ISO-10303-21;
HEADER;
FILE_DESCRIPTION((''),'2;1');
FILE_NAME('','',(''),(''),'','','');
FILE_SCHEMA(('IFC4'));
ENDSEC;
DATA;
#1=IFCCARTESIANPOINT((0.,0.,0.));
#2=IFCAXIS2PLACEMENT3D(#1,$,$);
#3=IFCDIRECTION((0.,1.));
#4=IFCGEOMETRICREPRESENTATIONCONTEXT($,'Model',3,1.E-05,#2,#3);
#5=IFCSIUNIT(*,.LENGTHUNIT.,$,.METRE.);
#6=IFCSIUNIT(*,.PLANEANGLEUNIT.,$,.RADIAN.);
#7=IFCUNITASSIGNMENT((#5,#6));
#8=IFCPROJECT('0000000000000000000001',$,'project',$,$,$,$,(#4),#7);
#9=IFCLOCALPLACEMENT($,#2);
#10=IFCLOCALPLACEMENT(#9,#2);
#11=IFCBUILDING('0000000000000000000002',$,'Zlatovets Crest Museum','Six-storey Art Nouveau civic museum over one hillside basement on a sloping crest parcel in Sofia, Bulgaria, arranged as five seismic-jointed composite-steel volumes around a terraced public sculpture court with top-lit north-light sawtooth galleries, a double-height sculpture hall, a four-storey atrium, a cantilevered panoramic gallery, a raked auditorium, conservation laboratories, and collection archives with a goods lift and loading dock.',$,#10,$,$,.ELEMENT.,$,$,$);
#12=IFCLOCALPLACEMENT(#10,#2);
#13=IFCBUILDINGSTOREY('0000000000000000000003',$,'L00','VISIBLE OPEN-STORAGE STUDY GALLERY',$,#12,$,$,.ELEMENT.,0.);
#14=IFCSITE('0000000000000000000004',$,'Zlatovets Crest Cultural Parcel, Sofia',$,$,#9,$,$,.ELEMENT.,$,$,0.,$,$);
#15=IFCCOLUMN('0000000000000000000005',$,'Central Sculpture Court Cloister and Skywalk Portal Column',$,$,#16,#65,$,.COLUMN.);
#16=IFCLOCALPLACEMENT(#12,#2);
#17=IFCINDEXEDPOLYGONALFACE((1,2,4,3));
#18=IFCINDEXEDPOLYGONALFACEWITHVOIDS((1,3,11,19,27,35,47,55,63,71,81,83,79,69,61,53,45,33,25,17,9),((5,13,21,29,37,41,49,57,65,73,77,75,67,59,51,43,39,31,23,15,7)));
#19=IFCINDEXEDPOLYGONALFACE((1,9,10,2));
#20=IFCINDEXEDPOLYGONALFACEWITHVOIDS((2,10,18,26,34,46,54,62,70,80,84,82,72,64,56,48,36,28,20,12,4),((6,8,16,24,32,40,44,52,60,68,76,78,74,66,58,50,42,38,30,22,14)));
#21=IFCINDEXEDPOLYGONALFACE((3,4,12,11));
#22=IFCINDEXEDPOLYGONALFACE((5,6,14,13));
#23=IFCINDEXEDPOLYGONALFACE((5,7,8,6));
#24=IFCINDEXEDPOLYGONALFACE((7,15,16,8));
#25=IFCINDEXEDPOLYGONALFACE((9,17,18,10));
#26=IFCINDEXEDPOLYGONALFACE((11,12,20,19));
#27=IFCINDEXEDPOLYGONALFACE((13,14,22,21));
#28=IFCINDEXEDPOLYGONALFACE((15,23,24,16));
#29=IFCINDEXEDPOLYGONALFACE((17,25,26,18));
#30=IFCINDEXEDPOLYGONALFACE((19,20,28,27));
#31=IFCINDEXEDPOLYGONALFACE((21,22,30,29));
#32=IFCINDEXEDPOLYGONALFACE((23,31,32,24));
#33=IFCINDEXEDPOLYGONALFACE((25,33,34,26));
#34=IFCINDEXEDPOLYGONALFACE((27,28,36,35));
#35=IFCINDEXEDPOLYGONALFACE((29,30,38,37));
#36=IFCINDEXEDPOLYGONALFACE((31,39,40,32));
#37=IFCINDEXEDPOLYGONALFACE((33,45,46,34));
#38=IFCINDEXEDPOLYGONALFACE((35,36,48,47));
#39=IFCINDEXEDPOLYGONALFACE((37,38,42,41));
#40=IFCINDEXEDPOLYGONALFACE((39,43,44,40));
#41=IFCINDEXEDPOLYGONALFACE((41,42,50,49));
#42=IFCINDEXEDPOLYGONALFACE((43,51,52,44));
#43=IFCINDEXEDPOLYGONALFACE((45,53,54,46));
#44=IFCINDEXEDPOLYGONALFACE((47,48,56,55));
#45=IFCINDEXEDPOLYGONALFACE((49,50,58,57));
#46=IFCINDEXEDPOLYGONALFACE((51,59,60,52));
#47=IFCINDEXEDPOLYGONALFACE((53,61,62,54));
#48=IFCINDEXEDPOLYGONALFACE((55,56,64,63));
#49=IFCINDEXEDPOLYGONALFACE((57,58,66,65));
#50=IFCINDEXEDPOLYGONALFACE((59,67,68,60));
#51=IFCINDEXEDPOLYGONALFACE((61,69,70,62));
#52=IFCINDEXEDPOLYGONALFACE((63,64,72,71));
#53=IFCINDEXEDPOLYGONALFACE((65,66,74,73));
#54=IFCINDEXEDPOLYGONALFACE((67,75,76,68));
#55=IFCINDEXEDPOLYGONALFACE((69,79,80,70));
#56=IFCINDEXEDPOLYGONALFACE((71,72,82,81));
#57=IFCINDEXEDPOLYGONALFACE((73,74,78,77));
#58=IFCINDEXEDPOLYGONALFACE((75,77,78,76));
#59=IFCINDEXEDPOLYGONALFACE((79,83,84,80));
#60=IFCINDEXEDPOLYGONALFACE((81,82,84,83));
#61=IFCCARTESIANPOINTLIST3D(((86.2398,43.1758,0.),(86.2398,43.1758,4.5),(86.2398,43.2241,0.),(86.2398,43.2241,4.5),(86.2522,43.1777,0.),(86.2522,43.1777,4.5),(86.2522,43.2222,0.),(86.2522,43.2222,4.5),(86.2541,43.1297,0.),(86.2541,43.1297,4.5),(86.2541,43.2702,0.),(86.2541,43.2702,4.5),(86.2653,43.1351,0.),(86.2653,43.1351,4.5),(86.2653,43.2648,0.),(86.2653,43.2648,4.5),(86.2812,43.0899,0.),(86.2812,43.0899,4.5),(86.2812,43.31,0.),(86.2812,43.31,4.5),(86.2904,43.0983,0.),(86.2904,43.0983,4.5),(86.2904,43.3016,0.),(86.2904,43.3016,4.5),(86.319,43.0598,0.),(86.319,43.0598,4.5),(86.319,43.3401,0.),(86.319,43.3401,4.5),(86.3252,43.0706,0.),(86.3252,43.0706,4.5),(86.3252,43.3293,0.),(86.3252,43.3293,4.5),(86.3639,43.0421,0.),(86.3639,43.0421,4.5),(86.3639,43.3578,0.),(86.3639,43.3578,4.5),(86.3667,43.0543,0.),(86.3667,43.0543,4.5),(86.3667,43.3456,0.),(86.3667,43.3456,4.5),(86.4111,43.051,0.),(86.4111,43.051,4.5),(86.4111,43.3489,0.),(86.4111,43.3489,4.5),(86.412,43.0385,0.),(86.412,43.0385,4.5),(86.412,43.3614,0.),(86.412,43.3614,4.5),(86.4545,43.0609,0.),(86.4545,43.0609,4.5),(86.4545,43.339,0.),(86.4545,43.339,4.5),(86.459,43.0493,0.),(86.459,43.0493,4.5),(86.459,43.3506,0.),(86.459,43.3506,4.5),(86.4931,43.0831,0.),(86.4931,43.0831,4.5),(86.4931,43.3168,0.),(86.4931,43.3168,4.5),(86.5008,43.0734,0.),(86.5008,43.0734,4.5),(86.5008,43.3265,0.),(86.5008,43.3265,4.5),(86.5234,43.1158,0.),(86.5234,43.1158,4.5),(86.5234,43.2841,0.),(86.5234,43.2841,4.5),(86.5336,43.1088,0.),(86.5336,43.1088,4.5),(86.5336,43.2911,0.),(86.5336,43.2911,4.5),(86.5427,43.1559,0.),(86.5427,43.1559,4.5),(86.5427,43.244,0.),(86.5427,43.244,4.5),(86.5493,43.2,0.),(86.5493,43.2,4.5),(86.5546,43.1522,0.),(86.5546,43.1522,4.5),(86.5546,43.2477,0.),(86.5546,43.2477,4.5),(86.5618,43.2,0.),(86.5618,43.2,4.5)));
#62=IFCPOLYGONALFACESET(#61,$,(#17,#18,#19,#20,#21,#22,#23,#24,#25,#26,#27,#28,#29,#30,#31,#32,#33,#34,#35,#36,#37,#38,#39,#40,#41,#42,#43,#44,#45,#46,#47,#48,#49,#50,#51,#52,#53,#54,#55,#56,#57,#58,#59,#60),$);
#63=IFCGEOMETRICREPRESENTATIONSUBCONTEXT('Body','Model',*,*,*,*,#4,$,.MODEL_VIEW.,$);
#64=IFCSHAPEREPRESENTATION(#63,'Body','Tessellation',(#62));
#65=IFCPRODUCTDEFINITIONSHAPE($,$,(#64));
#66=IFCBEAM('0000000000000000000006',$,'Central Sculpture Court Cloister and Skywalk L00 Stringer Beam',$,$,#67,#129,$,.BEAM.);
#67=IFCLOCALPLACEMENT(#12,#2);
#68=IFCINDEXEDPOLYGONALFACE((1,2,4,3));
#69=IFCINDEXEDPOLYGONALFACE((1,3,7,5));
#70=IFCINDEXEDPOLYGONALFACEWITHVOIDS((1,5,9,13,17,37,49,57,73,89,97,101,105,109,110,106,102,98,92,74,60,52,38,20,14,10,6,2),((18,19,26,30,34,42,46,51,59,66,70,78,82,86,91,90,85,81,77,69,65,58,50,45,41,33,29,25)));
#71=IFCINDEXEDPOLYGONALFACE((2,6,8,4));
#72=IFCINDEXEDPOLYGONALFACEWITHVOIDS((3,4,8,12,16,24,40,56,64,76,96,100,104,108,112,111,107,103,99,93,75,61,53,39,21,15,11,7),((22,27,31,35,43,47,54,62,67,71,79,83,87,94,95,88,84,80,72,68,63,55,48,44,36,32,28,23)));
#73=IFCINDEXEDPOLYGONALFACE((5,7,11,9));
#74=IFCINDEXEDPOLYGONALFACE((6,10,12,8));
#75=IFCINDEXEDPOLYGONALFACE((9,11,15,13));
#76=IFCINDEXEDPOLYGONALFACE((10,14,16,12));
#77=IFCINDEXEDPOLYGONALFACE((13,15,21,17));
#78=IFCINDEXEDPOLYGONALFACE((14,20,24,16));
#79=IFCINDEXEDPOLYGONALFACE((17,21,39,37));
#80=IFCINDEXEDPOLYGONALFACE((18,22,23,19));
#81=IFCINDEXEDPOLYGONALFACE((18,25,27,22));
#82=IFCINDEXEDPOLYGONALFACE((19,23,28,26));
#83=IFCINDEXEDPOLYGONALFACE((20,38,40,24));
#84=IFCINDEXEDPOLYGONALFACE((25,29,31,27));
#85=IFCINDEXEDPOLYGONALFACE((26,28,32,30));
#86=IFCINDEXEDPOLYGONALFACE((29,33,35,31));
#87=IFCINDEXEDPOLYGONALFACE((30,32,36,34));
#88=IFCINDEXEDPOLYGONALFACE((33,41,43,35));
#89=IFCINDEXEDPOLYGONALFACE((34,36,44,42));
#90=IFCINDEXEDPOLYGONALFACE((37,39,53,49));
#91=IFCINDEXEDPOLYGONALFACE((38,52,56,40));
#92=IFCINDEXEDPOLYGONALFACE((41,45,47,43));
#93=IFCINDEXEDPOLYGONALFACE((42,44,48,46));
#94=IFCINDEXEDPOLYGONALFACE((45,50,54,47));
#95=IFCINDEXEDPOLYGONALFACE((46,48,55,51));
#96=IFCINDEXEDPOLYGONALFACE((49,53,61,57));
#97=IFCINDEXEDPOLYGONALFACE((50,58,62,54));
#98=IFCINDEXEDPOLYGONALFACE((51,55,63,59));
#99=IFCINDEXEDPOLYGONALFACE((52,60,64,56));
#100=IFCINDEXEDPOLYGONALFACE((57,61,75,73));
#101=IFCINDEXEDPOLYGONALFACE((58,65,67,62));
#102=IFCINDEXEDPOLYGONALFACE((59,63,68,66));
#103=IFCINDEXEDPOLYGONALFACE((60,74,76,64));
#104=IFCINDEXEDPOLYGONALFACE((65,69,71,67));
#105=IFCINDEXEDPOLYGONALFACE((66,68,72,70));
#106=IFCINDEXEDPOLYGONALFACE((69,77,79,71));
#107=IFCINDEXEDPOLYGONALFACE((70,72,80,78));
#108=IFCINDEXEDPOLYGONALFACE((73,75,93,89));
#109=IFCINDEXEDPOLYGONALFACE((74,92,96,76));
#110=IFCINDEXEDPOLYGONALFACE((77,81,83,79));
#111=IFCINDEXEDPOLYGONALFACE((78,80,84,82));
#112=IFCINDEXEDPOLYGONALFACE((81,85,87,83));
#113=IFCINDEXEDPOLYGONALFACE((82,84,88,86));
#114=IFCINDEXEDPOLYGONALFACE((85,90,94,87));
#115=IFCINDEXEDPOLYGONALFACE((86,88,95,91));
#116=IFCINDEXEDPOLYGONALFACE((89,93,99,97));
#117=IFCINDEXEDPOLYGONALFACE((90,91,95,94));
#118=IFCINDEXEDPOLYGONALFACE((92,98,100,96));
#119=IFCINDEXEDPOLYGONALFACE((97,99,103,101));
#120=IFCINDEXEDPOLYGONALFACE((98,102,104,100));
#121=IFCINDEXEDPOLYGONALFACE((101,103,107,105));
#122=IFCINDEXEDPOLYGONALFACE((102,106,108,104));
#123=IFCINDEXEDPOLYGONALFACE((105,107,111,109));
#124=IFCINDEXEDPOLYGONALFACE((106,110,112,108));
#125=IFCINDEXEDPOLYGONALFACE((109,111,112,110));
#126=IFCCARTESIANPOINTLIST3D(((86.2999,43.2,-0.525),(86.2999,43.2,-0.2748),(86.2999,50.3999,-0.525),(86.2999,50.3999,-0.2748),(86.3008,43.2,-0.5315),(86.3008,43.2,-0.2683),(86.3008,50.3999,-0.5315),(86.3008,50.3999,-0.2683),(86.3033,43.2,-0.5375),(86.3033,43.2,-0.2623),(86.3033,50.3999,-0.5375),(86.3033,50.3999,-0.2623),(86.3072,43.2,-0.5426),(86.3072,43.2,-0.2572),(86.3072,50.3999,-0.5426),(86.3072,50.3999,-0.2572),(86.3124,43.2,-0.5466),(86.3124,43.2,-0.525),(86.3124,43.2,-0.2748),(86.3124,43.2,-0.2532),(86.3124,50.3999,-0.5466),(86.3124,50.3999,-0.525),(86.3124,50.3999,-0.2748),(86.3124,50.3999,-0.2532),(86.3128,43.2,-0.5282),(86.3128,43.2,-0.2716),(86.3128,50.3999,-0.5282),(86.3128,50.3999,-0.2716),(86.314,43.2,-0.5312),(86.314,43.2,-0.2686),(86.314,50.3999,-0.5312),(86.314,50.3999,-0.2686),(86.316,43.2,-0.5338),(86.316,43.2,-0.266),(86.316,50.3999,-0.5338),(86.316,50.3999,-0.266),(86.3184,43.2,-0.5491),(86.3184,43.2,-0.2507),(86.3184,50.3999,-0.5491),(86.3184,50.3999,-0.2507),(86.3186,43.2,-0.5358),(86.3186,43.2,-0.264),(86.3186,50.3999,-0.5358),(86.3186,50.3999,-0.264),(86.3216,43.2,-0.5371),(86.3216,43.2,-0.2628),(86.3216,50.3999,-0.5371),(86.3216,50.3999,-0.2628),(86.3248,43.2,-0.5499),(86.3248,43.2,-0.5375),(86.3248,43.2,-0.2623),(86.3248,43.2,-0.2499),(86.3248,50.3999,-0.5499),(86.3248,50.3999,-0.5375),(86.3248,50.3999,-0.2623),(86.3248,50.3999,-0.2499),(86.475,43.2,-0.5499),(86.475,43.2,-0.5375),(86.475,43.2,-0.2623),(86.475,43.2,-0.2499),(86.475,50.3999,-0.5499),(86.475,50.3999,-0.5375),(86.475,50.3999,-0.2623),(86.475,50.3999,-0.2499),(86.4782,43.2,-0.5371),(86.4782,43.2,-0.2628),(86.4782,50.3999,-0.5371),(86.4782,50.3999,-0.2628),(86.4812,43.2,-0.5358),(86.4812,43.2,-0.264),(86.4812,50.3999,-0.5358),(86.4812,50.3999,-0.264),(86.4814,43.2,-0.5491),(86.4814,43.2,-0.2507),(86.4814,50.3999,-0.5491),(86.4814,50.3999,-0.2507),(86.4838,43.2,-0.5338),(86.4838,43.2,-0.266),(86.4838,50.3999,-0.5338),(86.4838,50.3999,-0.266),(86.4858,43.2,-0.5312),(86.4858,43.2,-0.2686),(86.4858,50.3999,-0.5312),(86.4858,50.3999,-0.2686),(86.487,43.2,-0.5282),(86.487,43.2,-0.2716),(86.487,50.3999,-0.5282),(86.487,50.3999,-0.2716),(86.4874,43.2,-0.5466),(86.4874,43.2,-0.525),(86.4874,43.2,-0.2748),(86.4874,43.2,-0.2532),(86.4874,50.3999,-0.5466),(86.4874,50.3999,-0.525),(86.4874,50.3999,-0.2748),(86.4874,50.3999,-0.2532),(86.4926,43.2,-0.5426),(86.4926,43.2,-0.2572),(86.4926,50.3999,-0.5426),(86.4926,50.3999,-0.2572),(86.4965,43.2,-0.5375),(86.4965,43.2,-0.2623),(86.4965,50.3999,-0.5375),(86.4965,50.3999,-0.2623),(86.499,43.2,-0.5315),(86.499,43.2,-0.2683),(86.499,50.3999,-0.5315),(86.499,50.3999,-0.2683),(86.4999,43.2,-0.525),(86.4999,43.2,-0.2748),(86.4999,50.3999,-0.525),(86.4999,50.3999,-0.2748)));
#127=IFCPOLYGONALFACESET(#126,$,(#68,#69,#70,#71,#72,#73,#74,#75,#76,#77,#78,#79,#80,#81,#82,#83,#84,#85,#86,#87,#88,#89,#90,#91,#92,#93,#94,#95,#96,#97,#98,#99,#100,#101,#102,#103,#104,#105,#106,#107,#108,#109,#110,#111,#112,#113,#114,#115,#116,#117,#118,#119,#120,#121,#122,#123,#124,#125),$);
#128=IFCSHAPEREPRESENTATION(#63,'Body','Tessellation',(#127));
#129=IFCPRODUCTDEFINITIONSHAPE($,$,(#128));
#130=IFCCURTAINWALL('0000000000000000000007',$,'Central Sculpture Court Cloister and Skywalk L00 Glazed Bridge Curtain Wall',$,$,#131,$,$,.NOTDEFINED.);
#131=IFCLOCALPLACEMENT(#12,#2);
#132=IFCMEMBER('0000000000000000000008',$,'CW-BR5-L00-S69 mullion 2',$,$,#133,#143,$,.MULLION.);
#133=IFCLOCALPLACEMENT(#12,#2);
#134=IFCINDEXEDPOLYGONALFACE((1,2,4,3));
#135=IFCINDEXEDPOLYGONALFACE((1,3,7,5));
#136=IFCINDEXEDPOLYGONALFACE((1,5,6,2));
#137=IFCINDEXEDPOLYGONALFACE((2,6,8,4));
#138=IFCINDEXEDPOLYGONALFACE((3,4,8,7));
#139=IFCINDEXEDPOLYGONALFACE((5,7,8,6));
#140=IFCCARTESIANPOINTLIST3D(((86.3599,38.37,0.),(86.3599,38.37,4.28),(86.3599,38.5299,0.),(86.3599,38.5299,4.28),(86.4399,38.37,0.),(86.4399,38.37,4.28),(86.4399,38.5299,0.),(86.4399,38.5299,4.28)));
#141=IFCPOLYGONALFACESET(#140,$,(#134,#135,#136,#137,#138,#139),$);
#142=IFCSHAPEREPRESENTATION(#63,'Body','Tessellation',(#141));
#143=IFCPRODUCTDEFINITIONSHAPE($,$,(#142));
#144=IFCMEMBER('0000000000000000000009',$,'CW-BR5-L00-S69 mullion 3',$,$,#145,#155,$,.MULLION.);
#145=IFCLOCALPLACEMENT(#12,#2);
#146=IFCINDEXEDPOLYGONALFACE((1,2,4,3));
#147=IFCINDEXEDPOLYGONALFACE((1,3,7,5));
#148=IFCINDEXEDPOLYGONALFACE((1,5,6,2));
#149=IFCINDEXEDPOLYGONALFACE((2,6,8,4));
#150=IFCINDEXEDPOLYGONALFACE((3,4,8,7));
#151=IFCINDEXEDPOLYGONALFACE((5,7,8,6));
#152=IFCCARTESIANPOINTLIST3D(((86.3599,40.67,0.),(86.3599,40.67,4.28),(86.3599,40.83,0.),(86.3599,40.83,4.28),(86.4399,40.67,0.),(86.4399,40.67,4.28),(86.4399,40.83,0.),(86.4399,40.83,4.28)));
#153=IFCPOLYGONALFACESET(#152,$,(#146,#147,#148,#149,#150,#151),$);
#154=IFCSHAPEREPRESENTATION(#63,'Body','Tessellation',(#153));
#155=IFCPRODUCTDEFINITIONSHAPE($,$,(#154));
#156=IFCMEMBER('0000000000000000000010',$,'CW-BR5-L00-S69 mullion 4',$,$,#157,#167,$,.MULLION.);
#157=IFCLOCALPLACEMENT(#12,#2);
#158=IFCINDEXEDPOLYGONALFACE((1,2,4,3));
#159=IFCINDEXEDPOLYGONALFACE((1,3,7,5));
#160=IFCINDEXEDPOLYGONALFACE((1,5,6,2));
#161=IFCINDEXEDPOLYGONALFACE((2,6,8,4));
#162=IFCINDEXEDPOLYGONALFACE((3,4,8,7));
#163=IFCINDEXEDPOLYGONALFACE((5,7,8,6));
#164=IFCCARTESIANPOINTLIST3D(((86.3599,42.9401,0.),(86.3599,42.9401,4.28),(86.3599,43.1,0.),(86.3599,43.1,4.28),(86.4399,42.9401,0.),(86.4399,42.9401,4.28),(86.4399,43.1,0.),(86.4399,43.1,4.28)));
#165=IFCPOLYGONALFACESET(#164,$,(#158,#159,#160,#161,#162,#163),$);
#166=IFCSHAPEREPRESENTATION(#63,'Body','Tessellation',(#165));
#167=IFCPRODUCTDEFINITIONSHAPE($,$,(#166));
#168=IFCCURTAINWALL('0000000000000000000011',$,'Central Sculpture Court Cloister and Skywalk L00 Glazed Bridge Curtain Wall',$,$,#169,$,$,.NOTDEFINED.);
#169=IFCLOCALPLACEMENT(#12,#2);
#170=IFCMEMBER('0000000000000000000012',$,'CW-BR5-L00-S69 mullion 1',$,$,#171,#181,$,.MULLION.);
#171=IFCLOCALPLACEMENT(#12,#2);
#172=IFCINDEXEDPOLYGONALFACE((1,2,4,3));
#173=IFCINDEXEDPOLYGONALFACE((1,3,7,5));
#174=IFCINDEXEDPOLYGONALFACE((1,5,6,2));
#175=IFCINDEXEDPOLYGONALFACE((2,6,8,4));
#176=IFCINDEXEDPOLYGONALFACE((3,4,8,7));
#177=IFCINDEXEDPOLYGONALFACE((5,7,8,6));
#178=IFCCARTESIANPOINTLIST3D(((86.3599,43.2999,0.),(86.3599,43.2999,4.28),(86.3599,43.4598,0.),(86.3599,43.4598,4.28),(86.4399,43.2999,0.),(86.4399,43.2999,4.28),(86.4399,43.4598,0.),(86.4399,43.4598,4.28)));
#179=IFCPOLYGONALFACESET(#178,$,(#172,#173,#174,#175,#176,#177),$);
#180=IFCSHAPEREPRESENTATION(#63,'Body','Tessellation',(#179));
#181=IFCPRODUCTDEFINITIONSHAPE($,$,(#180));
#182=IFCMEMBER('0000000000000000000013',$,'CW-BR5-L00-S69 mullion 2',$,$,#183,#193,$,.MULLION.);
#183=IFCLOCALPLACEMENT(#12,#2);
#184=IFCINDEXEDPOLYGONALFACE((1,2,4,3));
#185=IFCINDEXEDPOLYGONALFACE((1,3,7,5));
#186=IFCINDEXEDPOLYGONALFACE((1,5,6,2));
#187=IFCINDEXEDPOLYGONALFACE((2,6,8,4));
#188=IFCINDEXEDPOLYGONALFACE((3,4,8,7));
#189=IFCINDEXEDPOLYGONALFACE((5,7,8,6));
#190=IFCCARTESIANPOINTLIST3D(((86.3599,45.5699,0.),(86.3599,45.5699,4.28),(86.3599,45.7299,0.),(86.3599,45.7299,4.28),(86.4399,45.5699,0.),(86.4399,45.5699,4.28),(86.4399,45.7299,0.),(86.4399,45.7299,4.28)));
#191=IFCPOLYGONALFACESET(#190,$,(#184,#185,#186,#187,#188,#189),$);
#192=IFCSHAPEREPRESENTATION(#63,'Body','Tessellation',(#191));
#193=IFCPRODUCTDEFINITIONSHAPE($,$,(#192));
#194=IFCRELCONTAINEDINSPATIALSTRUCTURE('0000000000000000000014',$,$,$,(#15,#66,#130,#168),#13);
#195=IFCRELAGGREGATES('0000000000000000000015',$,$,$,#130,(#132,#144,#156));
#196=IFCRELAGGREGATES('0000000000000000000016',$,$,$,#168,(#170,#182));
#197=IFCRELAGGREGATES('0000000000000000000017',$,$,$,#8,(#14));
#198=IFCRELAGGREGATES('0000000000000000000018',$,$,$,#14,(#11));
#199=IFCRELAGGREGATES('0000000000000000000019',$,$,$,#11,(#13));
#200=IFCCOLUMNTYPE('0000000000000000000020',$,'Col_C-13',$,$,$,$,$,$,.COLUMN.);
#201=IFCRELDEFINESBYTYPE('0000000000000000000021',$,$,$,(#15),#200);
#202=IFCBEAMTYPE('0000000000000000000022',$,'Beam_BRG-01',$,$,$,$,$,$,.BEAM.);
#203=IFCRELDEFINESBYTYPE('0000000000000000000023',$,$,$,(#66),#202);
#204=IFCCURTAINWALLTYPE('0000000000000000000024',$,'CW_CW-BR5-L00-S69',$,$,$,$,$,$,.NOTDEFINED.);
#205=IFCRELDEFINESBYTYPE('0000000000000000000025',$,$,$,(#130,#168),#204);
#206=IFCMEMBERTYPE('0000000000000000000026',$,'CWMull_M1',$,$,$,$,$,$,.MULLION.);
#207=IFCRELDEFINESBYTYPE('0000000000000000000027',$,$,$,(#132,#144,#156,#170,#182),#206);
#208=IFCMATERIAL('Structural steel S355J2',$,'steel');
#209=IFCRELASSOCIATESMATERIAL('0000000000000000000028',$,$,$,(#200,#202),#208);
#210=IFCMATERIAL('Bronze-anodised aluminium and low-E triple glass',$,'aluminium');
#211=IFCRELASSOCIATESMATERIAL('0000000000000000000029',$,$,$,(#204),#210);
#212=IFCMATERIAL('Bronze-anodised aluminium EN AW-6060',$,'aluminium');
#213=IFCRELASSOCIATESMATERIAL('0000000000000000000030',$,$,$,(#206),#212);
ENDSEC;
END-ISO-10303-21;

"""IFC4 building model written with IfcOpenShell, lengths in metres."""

from ifc_helpers import new_model, si_unit, direction, frame, origin, origin_2d, place, context, subcontext, project, spatial, rectangle, hollow_rectangle, hollow_circle, extrude, material, material_profile, profile_set, type_object, element, aggregate, save


model = new_model("IFC4")

# Units and contexts
model_context = context("Model", 3, precision=1e-05, world=origin(), true_north=direction((0.0, 1.0)))
body_context = subcontext(model_context, "Body", "Model", "MODEL_VIEW")
ifc_project = project(units=[si_unit("LENGTHUNIT", "METRE"), si_unit("PLANEANGLEUNIT", "RADIAN")], contexts=[model_context])

# Site, building, storey
site_placement = place(None, origin())
site = spatial("IfcSite", under=ifc_project, at=site_placement, Name="Zlatovets Crest Cultural Parcel, Sofia", CompositionType="ELEMENT", RefElevation=0.0)
building_placement = place(site_placement, origin())
building = spatial("IfcBuilding", under=site, at=building_placement, Name="Zlatovets Crest Museum", Description="Six-storey Art Nouveau civic museum over one hillside basement on a sloping crest parcel in Sofia, Bulgaria, arranged as five seismic-jointed composite-steel volumes around a terraced public sculpture court with top-lit north-light sawtooth galleries, a double-height sculpture hall, a four-storey atrium, a cantilevered panoramic gallery, a raked auditorium, conservation laboratories, and collection archives with a goods lift and loading dock.", CompositionType="ELEMENT")
storey_placement = place(building_placement, origin())
storey = spatial("IfcBuildingStorey", under=building, at=storey_placement, Name="L00", Description="VISIBLE OPEN-STORAGE STUDY GALLERY", CompositionType="ELEMENT", Elevation=0.0)

# Column
ifc_material_1 = material(Name="Structural steel S355J2", Category="steel")
ifc_material_profile_1 = material_profile(ifc_material_1, hollow_circle(Radius=0.1619, WallThickness=0.0125, at=origin_2d()), Name="CHS 323.9x12.5")
ifc_profile_set_1 = profile_set([ifc_material_profile_1], Name="Structural steel S355J2")
column_type = type_object("IfcColumnType", Name="Col_C-13", PredefinedType="COLUMN", material=ifc_profile_set_1)
column_placement = place(storey_placement, frame((86.3999, 43.2, 0.0), z_axis=(0.0, 0.0, 1.0), x_axis=(1.0, 0.0, 0.0)))
element("IfcColumn", 1, at=column_placement, inside=storey, type_object=column_type, Name="Central Sculpture Court Cloister and Skywalk Portal Column", PredefinedType="COLUMN", context=body_context, shape_type="SweptSolid", body=[
    extrude(hollow_circle(Radius=0.1619, WallThickness=0.0125, at=origin_2d()), origin(), (0.0, 0.0, 1.0), 4.5),
])

# Beam
ifc_material_profile_2 = material_profile(ifc_material_1, hollow_rectangle(XDim=0.2, YDim=0.3, WallThickness=0.0125, InnerFilletRadius=0.0125, OuterFilletRadius=0.0249, at=origin_2d()), Name="RHS 200x300x12.5")
ifc_profile_set_2 = profile_set([ifc_material_profile_2], Name="Structural steel S355J2")
beam_type = type_object("IfcBeamType", Name="Beam_BRG-01", PredefinedType="BEAM", material=ifc_profile_set_2)
beam_placement = place(storey_placement, frame((86.3999, 43.2, -0.3999), z_axis=(0.0, 1.0, 0.0), x_axis=(-1.0, 0.0, 0.0)))
element("IfcBeam", 2, at=beam_placement, inside=storey, type_object=beam_type, Name="Central Sculpture Court Cloister and Skywalk L00 Stringer Beam", PredefinedType="BEAM", context=body_context, shape_type="SweptSolid", body=[
    extrude(hollow_rectangle(XDim=0.2, YDim=0.3, WallThickness=0.0125, InnerFilletRadius=0.0125, OuterFilletRadius=0.0249, at=origin_2d()), origin(), (0.0, 0.0, 1.0), 7.2),
])

# Curtain walls, members
ifc_material_2 = material(Name="Bronze-anodised aluminium and low-E triple glass", Category="aluminium")
curtain_wall_type = type_object("IfcCurtainWallType", Name="CW_CW-BR5-L00-S69", PredefinedType="NOTDEFINED", material=ifc_material_2)
curtain_wall_1_placement = place(storey_placement, origin())
curtain_wall_1 = element("IfcCurtainWall", 3, at=curtain_wall_1_placement, inside=storey, type_object=curtain_wall_type, Name="Central Sculpture Court Cloister and Skywalk L00 Glazed Bridge Curtain Wall", PredefinedType="NOTDEFINED")
ifc_material_3 = material(Name="Bronze-anodised aluminium EN AW-6060", Category="aluminium")
ifc_material_profile_3 = material_profile(ifc_material_3, rectangle(XDim=0.0801, YDim=0.1599, at=origin_2d()), Name="ALU 80x160")
ifc_profile_set_3 = profile_set([ifc_material_profile_3], Name="Bronze-anodised aluminium EN AW-6060")
member_type_1 = type_object("IfcMemberType", Name="CWMull_M1", PredefinedType="MULLION", material=ifc_profile_set_3)
member_1_placement = place(storey_placement, frame((86.3999, 38.45, 0.0), z_axis=(0.0, 0.0, 1.0), x_axis=(-1.0, 0.0, 0.0)))
member_1 = element("IfcMember", 4, at=member_1_placement, type_object=member_type_1, Name="CW-BR5-L00-S69 mullion 2", PredefinedType="MULLION", context=body_context, shape_type="SweptSolid", body=[
    extrude(rectangle(XDim=0.0801, YDim=0.1599, at=origin_2d()), origin(), (0.0, 0.0, 1.0), 4.28),
])
member_2_placement = place(storey_placement, frame((86.3999, 40.75, 0.0), z_axis=(0.0, 0.0, 1.0), x_axis=(-1.0, 0.0, 0.0)))
member_2 = element("IfcMember", 5, at=member_2_placement, type_object=member_type_1, Name="CW-BR5-L00-S69 mullion 3", PredefinedType="MULLION", context=body_context, shape_type="SweptSolid", body=[
    extrude(rectangle(XDim=0.0801, YDim=0.1599, at=origin_2d()), origin(), (0.0, 0.0, 1.0), 4.28),
])
member_3_placement = place(storey_placement, frame((86.3999, 43.02, 0.0), z_axis=(0.0, 0.0, 1.0), x_axis=(-1.0, 0.0, 0.0)))
member_3 = element("IfcMember", 6, at=member_3_placement, type_object=member_type_1, Name="CW-BR5-L00-S69 mullion 4", PredefinedType="MULLION", context=body_context, shape_type="SweptSolid", body=[
    extrude(rectangle(XDim=0.0801, YDim=0.1599, at=origin_2d()), origin(), (0.0, 0.0, 1.0), 4.28),
])
curtain_wall_2_placement = place(storey_placement, origin())
curtain_wall_2 = element("IfcCurtainWall", 7, at=curtain_wall_2_placement, inside=storey, type_object=curtain_wall_type, Name="Central Sculpture Court Cloister and Skywalk L00 Glazed Bridge Curtain Wall", PredefinedType="NOTDEFINED")
member_4_placement = place(storey_placement, frame((86.3999, 43.3799, 0.0), z_axis=(0.0, 0.0, 1.0), x_axis=(-1.0, 0.0, 0.0)))
member_4 = element("IfcMember", 8, at=member_4_placement, type_object=member_type_1, Name="CW-BR5-L00-S69 mullion 1", PredefinedType="MULLION", context=body_context, shape_type="SweptSolid", body=[
    extrude(rectangle(XDim=0.0801, YDim=0.1599, at=origin_2d()), origin(), (0.0, 0.0, 1.0), 4.28),
])
member_5_placement = place(storey_placement, frame((86.3999, 45.6499, 0.0), z_axis=(0.0, 0.0, 1.0), x_axis=(-1.0, 0.0, 0.0)))
member_5 = element("IfcMember", 9, at=member_5_placement, type_object=member_type_1, Name="CW-BR5-L00-S69 mullion 2", PredefinedType="MULLION", context=body_context, shape_type="SweptSolid", body=[
    extrude(rectangle(XDim=0.0801, YDim=0.1599, at=origin_2d()), origin(), (0.0, 0.0, 1.0), 4.28),
])

aggregate(curtain_wall_1, [member_1, member_2, member_3])
aggregate(curtain_wall_2, [member_4, member_5])

save(model, "model.ifc")
